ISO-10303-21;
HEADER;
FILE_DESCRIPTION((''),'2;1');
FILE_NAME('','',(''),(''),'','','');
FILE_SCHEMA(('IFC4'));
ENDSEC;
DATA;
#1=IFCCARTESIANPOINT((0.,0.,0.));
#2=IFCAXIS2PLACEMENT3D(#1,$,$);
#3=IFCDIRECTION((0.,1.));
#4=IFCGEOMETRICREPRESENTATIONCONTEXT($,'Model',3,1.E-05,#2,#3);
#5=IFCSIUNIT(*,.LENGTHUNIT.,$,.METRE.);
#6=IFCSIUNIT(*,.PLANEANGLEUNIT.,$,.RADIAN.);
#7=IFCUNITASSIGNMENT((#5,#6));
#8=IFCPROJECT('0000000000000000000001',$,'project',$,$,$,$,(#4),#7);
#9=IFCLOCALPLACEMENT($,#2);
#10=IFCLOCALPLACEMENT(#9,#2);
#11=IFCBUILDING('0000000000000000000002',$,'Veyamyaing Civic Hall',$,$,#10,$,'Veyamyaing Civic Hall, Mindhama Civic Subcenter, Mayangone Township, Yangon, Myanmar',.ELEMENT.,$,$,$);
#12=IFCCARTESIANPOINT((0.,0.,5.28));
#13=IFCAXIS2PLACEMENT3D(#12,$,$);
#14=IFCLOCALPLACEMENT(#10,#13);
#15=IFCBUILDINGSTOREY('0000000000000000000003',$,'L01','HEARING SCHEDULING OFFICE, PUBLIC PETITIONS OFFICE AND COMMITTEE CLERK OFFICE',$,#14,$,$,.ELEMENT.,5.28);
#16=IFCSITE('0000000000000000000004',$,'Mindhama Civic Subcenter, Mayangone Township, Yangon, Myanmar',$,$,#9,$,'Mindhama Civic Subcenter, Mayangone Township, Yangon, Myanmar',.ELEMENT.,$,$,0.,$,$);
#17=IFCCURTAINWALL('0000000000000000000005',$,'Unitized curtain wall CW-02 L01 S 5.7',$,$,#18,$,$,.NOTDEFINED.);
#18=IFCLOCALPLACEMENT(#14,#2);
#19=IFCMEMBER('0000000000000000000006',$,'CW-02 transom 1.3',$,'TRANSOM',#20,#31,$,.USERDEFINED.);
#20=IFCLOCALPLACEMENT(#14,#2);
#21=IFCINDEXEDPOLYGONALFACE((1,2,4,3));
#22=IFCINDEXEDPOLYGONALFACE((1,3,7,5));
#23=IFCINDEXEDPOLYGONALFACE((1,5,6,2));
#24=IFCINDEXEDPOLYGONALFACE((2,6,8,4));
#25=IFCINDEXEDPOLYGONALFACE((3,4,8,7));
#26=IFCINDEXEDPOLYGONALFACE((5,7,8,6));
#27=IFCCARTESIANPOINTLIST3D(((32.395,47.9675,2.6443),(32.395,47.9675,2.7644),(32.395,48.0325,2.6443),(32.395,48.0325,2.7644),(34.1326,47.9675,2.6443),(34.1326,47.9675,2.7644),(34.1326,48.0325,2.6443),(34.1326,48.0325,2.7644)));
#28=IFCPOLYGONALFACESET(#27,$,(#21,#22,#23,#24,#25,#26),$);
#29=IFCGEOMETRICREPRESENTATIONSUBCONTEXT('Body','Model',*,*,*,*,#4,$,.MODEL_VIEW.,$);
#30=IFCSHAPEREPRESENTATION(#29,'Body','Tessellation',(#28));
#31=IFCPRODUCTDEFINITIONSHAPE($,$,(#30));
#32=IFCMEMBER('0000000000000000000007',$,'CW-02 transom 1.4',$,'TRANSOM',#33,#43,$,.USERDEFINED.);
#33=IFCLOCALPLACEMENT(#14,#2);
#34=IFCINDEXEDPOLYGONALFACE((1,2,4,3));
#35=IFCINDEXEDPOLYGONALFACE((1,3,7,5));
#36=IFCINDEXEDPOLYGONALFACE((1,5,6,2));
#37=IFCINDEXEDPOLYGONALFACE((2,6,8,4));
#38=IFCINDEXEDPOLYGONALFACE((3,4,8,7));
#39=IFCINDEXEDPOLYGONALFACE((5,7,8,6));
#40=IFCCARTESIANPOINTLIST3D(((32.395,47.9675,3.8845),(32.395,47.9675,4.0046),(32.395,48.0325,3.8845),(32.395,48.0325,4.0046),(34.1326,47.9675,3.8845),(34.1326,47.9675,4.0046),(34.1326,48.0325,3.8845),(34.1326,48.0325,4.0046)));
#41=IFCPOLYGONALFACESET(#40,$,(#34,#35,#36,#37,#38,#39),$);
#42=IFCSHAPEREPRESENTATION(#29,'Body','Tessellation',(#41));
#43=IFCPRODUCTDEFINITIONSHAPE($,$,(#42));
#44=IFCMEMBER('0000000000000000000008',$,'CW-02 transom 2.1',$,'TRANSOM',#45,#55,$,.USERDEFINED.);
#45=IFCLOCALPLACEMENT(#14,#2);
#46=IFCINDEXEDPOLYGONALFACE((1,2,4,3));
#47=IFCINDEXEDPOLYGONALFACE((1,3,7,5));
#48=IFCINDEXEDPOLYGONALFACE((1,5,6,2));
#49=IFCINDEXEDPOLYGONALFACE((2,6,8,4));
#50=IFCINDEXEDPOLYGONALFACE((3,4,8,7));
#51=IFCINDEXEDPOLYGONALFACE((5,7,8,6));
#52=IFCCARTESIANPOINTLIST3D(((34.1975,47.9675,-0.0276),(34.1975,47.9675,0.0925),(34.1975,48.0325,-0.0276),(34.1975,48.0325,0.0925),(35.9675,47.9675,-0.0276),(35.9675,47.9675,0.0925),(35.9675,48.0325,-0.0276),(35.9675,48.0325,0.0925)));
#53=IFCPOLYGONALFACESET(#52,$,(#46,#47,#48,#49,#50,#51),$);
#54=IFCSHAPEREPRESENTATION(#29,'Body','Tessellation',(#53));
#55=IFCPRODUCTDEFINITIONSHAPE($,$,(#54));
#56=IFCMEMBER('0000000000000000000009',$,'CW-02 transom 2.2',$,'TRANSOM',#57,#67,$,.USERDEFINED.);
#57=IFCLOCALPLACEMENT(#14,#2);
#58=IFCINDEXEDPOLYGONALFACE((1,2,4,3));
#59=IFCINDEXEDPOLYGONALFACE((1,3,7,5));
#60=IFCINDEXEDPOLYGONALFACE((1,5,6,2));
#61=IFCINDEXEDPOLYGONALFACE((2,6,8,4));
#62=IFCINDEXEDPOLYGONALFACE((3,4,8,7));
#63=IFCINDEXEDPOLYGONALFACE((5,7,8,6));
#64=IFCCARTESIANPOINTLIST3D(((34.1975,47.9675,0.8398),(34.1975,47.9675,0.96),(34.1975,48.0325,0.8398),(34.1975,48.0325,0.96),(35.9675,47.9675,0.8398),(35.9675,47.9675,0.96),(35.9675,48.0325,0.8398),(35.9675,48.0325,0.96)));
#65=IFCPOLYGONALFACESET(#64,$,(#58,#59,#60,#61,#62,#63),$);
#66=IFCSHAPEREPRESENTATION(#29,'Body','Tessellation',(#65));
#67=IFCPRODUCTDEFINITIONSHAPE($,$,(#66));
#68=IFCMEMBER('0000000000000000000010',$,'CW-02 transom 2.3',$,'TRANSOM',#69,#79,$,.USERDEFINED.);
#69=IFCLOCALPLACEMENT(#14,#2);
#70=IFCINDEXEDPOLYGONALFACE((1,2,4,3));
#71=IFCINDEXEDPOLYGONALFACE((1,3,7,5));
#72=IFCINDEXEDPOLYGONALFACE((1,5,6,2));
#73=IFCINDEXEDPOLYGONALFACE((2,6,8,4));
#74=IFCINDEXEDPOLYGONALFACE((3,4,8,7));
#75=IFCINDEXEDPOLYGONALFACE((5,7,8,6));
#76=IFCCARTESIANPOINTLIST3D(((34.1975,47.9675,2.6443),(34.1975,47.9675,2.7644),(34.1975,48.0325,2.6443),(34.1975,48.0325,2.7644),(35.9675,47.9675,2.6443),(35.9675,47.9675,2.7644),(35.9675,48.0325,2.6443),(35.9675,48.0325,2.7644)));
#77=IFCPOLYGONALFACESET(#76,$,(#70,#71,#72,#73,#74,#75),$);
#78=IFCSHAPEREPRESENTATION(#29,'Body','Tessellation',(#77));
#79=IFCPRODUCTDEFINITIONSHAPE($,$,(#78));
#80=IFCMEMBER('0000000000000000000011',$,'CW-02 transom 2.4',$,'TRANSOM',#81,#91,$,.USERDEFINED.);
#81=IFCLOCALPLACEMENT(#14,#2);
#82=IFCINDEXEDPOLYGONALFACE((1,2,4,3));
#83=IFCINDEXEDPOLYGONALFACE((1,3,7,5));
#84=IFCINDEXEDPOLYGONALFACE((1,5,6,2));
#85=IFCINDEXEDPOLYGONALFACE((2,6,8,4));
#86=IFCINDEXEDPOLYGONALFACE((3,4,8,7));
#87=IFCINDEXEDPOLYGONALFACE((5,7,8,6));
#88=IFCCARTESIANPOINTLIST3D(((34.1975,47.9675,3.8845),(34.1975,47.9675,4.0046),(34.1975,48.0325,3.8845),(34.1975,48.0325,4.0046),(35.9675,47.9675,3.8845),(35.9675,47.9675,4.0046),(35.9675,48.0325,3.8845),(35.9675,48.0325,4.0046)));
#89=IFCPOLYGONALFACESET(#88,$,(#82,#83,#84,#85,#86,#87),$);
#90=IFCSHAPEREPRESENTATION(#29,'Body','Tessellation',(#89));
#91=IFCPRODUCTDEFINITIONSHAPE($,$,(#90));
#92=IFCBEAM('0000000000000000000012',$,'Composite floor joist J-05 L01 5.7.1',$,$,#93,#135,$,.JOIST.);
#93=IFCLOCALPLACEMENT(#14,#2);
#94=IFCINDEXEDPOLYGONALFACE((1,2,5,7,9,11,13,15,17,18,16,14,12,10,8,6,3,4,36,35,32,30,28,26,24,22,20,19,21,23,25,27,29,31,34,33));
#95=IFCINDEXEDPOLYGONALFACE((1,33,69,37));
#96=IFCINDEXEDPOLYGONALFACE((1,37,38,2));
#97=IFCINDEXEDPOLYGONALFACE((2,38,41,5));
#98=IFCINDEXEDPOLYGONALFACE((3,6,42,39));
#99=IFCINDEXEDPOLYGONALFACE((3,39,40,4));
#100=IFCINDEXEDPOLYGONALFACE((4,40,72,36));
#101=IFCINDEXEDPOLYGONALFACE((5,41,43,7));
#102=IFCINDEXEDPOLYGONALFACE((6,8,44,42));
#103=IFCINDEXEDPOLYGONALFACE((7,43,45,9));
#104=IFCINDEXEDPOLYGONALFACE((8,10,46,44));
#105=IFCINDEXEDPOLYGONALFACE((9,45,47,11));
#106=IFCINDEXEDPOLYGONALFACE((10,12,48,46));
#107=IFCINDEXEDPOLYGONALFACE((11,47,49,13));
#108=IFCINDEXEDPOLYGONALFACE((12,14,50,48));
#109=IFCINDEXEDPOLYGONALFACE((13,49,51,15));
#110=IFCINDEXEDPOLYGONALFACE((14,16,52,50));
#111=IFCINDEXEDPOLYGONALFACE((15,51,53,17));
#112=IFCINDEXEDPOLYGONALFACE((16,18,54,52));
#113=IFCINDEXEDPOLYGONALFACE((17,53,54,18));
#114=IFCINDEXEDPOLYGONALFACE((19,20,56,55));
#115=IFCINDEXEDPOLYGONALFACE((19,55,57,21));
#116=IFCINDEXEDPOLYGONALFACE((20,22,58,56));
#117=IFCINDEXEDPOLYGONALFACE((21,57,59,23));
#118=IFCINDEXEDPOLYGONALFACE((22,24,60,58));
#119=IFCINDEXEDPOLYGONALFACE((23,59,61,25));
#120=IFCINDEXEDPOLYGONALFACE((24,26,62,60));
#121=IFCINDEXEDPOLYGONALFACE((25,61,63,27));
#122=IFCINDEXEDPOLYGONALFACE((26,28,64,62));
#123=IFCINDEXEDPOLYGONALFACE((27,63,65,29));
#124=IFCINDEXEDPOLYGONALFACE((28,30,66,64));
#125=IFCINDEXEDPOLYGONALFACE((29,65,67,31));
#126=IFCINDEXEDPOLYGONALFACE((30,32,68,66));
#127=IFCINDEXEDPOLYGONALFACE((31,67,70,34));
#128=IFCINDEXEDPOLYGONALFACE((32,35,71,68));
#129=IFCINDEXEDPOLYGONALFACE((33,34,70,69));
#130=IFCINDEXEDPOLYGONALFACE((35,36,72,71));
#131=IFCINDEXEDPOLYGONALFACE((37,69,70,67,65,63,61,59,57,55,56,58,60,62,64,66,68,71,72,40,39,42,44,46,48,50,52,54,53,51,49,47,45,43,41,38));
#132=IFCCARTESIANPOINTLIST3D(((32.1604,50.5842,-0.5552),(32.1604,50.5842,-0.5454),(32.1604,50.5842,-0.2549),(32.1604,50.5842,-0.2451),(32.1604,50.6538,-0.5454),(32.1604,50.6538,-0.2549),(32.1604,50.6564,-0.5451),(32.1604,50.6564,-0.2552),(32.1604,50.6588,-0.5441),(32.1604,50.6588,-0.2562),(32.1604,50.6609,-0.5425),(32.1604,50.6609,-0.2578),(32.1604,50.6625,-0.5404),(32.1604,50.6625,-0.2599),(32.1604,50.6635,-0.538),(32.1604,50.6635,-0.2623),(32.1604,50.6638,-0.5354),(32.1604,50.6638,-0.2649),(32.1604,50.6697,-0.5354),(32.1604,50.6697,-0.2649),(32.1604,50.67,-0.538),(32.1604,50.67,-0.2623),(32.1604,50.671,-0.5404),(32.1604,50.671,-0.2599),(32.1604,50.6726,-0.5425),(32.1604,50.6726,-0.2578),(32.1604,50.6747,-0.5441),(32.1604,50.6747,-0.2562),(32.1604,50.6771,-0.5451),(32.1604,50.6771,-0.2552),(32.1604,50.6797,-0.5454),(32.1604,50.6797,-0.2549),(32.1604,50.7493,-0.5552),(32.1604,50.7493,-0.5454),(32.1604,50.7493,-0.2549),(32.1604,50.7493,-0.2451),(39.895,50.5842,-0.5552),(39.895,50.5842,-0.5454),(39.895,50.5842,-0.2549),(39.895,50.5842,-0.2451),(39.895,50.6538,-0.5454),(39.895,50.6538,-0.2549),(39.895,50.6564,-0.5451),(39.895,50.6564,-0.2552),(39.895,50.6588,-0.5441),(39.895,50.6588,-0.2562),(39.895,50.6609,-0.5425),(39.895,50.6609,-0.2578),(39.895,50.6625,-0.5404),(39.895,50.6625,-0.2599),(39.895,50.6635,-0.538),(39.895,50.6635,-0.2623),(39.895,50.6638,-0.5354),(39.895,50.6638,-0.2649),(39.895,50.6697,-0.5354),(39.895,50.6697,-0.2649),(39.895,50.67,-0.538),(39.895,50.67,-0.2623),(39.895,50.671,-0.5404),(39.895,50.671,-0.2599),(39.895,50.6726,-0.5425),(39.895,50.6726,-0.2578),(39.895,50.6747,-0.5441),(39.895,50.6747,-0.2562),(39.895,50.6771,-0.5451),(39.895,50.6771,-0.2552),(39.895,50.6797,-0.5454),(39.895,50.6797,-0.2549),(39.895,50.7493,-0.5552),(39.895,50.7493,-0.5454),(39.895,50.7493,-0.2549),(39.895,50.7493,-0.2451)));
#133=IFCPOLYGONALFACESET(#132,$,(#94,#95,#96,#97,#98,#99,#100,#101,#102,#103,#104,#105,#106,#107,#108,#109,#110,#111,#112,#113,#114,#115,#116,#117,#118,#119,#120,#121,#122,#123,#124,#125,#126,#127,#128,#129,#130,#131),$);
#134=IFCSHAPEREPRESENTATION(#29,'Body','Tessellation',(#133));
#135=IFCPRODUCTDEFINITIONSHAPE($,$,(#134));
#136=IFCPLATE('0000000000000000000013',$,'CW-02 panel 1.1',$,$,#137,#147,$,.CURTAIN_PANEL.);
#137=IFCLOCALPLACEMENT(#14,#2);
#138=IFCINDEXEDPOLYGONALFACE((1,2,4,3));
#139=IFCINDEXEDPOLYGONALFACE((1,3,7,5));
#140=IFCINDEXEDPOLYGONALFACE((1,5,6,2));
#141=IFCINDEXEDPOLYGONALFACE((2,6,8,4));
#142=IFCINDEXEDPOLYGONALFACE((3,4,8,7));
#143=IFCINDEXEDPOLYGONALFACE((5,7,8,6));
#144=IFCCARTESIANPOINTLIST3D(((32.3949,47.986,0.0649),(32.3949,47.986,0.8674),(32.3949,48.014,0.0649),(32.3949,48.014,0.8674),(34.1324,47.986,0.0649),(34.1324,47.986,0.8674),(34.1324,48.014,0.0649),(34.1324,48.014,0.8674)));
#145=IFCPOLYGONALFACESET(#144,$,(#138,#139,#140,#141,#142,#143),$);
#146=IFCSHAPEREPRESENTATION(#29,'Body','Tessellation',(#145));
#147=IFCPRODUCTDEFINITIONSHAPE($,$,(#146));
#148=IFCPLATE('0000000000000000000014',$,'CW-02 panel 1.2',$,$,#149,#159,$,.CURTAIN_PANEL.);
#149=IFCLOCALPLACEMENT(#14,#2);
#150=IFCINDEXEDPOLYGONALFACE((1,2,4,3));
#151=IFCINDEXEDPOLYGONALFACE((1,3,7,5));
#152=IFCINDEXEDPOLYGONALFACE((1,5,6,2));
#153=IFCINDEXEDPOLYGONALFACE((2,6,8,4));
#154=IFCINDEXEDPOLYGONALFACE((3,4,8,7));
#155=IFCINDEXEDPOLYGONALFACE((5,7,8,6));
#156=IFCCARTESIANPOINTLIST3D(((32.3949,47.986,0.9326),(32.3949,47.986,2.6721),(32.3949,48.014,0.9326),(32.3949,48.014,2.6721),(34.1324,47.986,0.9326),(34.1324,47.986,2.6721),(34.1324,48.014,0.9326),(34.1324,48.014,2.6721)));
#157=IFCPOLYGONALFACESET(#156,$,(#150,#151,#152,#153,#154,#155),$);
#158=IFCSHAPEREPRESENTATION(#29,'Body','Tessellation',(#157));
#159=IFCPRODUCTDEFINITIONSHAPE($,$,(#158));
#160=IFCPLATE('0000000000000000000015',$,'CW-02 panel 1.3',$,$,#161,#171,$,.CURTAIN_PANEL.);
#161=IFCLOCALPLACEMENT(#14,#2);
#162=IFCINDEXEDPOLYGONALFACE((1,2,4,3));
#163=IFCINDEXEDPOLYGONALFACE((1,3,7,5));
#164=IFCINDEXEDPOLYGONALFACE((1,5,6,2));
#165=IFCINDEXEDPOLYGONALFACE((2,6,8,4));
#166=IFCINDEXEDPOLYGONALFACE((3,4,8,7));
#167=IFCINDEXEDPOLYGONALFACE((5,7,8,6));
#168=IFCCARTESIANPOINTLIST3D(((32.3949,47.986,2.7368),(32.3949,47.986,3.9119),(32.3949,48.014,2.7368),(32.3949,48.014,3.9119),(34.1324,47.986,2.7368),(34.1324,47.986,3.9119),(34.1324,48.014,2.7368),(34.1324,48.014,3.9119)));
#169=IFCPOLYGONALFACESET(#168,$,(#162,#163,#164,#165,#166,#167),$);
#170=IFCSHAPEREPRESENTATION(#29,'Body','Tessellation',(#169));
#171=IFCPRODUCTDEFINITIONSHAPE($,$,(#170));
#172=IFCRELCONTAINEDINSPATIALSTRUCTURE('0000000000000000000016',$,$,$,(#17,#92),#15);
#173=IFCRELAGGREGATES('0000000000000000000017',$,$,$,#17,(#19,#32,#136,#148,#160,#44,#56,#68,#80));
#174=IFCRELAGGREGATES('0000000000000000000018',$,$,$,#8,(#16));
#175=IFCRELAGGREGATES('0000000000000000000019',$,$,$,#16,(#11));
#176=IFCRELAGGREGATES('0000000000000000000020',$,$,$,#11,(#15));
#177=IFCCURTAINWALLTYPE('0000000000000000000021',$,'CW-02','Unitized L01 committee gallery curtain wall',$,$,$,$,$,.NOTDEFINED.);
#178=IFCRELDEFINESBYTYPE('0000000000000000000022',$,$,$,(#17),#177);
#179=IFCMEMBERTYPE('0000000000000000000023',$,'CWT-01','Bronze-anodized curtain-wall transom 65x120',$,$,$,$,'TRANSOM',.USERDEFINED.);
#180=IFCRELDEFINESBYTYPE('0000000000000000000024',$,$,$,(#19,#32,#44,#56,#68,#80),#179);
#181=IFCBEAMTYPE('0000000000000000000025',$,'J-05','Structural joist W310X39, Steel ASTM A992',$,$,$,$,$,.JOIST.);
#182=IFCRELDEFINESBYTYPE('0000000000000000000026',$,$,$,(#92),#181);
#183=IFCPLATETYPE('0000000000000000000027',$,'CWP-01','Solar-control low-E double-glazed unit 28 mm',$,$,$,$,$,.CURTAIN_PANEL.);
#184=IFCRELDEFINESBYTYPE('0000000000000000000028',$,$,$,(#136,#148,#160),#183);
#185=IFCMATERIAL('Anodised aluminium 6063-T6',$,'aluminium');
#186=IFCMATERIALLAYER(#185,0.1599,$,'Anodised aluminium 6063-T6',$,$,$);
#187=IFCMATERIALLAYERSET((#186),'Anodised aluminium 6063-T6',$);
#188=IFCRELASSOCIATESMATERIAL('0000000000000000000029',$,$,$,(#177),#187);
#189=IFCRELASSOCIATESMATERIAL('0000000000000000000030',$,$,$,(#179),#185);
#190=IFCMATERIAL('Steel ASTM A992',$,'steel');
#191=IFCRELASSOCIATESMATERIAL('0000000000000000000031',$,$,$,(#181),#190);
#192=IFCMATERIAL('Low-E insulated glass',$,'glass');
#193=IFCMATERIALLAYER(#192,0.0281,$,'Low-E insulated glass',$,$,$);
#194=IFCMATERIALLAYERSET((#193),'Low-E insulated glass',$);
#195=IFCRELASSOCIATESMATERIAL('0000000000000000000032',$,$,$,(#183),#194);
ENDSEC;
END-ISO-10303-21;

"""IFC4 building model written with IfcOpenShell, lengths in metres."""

from ifc_helpers import new_model, si_unit, direction, frame, origin, origin_2d, place, context, subcontext, project, spatial, rectangle, i_section, extrude, material, layer, layer_set, material_profile, profile_set, type_object, element, aggregate, save


model = new_model("IFC4")

# Units and contexts
model_context = context("Model", 3, precision=1e-05, world=origin(), true_north=direction((0.0, 1.0)))
body_context = subcontext(model_context, "Body", "Model", "MODEL_VIEW")
ifc_project = project(units=[si_unit("LENGTHUNIT", "METRE"), si_unit("PLANEANGLEUNIT", "RADIAN")], contexts=[model_context])

# Site, building, storey
site_placement = place(None, origin())
site = spatial("IfcSite", under=ifc_project, at=site_placement, Name="Mindhama Civic Subcenter, Mayangone Township, Yangon, Myanmar", LongName="Mindhama Civic Subcenter, Mayangone Township, Yangon, Myanmar", CompositionType="ELEMENT", RefElevation=0.0)
building_placement = place(site_placement, origin())
building = spatial("IfcBuilding", under=site, at=building_placement, Name="Veyamyaing Civic Hall", LongName="Veyamyaing Civic Hall, Mindhama Civic Subcenter, Mayangone Township, Yangon, Myanmar", CompositionType="ELEMENT")
storey_placement = place(building_placement, frame((0.0, 0.0, 5.28)))
storey = spatial("IfcBuildingStorey", under=building, at=storey_placement, Name="L01", Description="HEARING SCHEDULING OFFICE, PUBLIC PETITIONS OFFICE AND COMMITTEE CLERK OFFICE", CompositionType="ELEMENT", Elevation=5.28)

# Shared definitions
ifc_material_1 = material(Name="Steel ASTM A992", Category="steel")

# Shared definitions
ifc_material_2 = material(Name="Anodised aluminium 6063-T6", Category="aluminium")
ifc_layer_1 = layer(ifc_material_2, 0.1599, Name="Anodised aluminium 6063-T6")
ifc_layer_set_1 = layer_set([ifc_layer_1], Name="Anodised aluminium 6063-T6")
curtain_wall_type = type_object("IfcCurtainWallType", Name="CW-02", Description="Unitized L01 committee gallery curtain wall", PredefinedType="NOTDEFINED", material=ifc_layer_set_1)

# Curtain wall, members
curtain_wall_1_placement = place(storey_placement, origin())
curtain_wall_1 = element("IfcCurtainWall", 1, at=curtain_wall_1_placement, inside=storey, type_object=curtain_wall_type, Name="Unitized curtain wall CW-02 L01 S 5.7", PredefinedType="NOTDEFINED")
ifc_material_profile_1 = material_profile(ifc_material_2, rectangle(XDim=0.0649, YDim=0.1201, at=origin_2d()), Name="ALU-TRN-65X120")
ifc_profile_set_1 = profile_set([ifc_material_profile_1], Name="Anodised aluminium 6063-T6")
member_type_1 = type_object("IfcMemberType", Name="CWT-01", Description="Bronze-anodized curtain-wall transom 65x120", ElementType="TRANSOM", PredefinedType="USERDEFINED", material=ifc_profile_set_1)
member_1_placement = place(storey_placement, frame((32.395, 48.0, 2.7043), z_axis=(1.0, 0.0, 0.0), x_axis=(0.0, 1.0, 0.0)))
member_1 = element("IfcMember", 2, at=member_1_placement, type_object=member_type_1, Name="CW-02 transom 1.3", ObjectType="TRANSOM", PredefinedType="USERDEFINED", context=body_context, shape_type="SweptSolid", body=[
    extrude(rectangle(XDim=0.0649, YDim=0.1201, at=origin_2d()), origin(), (0.0, 0.0, 1.0), 1.7375),
])
member_2_placement = place(storey_placement, frame((32.395, 48.0, 3.9446), z_axis=(1.0, 0.0, 0.0), x_axis=(0.0, 1.0, 0.0)))
member_2 = element("IfcMember", 3, at=member_2_placement, type_object=member_type_1, Name="CW-02 transom 1.4", ObjectType="TRANSOM", PredefinedType="USERDEFINED", context=body_context, shape_type="SweptSolid", body=[
    extrude(rectangle(XDim=0.0649, YDim=0.1201, at=origin_2d()), origin(), (0.0, 0.0, 1.0), 1.7375),
])
member_3_placement = place(storey_placement, frame((34.1975, 48.0, 0.0325), z_axis=(1.0, 0.0, 0.0), x_axis=(0.0, 1.0, 0.0)))
member_3 = element("IfcMember", 4, at=member_3_placement, type_object=member_type_1, Name="CW-02 transom 2.1", ObjectType="TRANSOM", PredefinedType="USERDEFINED", context=body_context, shape_type="SweptSolid", body=[
    extrude(rectangle(XDim=0.0649, YDim=0.1201, at=origin_2d()), origin(), (0.0, 0.0, 1.0), 1.77),
])
member_4_placement = place(storey_placement, frame((34.1975, 48.0, 0.8999), z_axis=(1.0, 0.0, 0.0), x_axis=(0.0, 1.0, 0.0)))
member_4 = element("IfcMember", 5, at=member_4_placement, type_object=member_type_1, Name="CW-02 transom 2.2", ObjectType="TRANSOM", PredefinedType="USERDEFINED", context=body_context, shape_type="SweptSolid", body=[
    extrude(rectangle(XDim=0.0649, YDim=0.1201, at=origin_2d()), origin(), (0.0, 0.0, 1.0), 1.77),
])
member_5_placement = place(storey_placement, frame((34.1975, 48.0, 2.7043), z_axis=(1.0, 0.0, 0.0), x_axis=(0.0, 1.0, 0.0)))
member_5 = element("IfcMember", 6, at=member_5_placement, type_object=member_type_1, Name="CW-02 transom 2.3", ObjectType="TRANSOM", PredefinedType="USERDEFINED", context=body_context, shape_type="SweptSolid", body=[
    extrude(rectangle(XDim=0.0649, YDim=0.1201, at=origin_2d()), origin(), (0.0, 0.0, 1.0), 1.77),
])
member_6_placement = place(storey_placement, frame((34.1975, 48.0, 3.9446), z_axis=(1.0, 0.0, 0.0), x_axis=(0.0, 1.0, 0.0)))
member_6 = element("IfcMember", 7, at=member_6_placement, type_object=member_type_1, Name="CW-02 transom 2.4", ObjectType="TRANSOM", PredefinedType="USERDEFINED", context=body_context, shape_type="SweptSolid", body=[
    extrude(rectangle(XDim=0.0649, YDim=0.1201, at=origin_2d()), origin(), (0.0, 0.0, 1.0), 1.77),
])

# Beam
ifc_material_profile_2 = material_profile(ifc_material_1, i_section(OverallWidth=0.165, OverallDepth=0.3101, WebThickness=0.0059, FlangeThickness=0.0098, FilletRadius=0.01, at=origin_2d()), Name="W310X39")
ifc_profile_set_2 = profile_set([ifc_material_profile_2], Name="Steel ASTM A992")
beam_type_1 = type_object("IfcBeamType", Name="J-05", Description="Structural joist W310X39, Steel ASTM A992", PredefinedType="JOIST", material=ifc_profile_set_2)
beam_1_placement = place(storey_placement, frame((32.1604, 50.6667, -0.4001), z_axis=(1.0, 0.0, 0.0), x_axis=(0.0, 1.0, 0.0)))
element("IfcBeam", 8, at=beam_1_placement, inside=storey, type_object=beam_type_1, Name="Composite floor joist J-05 L01 5.7.1", PredefinedType="JOIST", context=body_context, shape_type="SweptSolid", body=[
    extrude(i_section(OverallWidth=0.165, OverallDepth=0.3101, WebThickness=0.0059, FlangeThickness=0.0098, FilletRadius=0.01, at=origin_2d()), origin(), (0.0, 0.0, 1.0), 7.7346),
])

# Plates
ifc_material_3 = material(Name="Low-E insulated glass", Category="glass")
ifc_layer_2 = layer(ifc_material_3, 0.0281, Name="Low-E insulated glass")
ifc_layer_set_2 = layer_set([ifc_layer_2], Name="Low-E insulated glass")
plate_type = type_object("IfcPlateType", Name="CWP-01", Description="Solar-control low-E double-glazed unit 28 mm", PredefinedType="CURTAIN_PANEL", material=ifc_layer_set_2)
plate_1_placement = place(storey_placement, frame((33.2637, 48.0, 0.0649), z_axis=(0.0, 0.0, 1.0), x_axis=(1.0, 0.0, 0.0)))
plate_1 = element("IfcPlate", 9, at=plate_1_placement, type_object=plate_type, Name="CW-02 panel 1.1", PredefinedType="CURTAIN_PANEL", context=body_context, shape_type="SweptSolid", body=[
    extrude(rectangle(XDim=1.7375, YDim=0.0281, at=origin_2d()), origin(), (0.0, 0.0, 1.0), 0.8025),
])
plate_2_placement = place(storey_placement, frame((33.2637, 48.0, 0.9326), z_axis=(0.0, 0.0, 1.0), x_axis=(1.0, 0.0, 0.0)))
plate_2 = element("IfcPlate", 10, at=plate_2_placement, type_object=plate_type, Name="CW-02 panel 1.2", PredefinedType="CURTAIN_PANEL", context=body_context, shape_type="SweptSolid", body=[
    extrude(rectangle(XDim=1.7375, YDim=0.0281, at=origin_2d()), origin(), (0.0, 0.0, 1.0), 1.7395),
])
plate_3_placement = place(storey_placement, frame((33.2637, 48.0, 2.7368), z_axis=(0.0, 0.0, 1.0), x_axis=(1.0, 0.0, 0.0)))
plate_3 = element("IfcPlate", 11, at=plate_3_placement, type_object=plate_type, Name="CW-02 panel 1.3", PredefinedType="CURTAIN_PANEL", context=body_context, shape_type="SweptSolid", body=[
    extrude(rectangle(XDim=1.7375, YDim=0.0281, at=origin_2d()), origin(), (0.0, 0.0, 1.0), 1.175),
])
aggregate(curtain_wall_1, [member_1, member_2, plate_1, plate_2, plate_3, member_3, member_4, member_5, member_6])

save(model, "model.ifc")
